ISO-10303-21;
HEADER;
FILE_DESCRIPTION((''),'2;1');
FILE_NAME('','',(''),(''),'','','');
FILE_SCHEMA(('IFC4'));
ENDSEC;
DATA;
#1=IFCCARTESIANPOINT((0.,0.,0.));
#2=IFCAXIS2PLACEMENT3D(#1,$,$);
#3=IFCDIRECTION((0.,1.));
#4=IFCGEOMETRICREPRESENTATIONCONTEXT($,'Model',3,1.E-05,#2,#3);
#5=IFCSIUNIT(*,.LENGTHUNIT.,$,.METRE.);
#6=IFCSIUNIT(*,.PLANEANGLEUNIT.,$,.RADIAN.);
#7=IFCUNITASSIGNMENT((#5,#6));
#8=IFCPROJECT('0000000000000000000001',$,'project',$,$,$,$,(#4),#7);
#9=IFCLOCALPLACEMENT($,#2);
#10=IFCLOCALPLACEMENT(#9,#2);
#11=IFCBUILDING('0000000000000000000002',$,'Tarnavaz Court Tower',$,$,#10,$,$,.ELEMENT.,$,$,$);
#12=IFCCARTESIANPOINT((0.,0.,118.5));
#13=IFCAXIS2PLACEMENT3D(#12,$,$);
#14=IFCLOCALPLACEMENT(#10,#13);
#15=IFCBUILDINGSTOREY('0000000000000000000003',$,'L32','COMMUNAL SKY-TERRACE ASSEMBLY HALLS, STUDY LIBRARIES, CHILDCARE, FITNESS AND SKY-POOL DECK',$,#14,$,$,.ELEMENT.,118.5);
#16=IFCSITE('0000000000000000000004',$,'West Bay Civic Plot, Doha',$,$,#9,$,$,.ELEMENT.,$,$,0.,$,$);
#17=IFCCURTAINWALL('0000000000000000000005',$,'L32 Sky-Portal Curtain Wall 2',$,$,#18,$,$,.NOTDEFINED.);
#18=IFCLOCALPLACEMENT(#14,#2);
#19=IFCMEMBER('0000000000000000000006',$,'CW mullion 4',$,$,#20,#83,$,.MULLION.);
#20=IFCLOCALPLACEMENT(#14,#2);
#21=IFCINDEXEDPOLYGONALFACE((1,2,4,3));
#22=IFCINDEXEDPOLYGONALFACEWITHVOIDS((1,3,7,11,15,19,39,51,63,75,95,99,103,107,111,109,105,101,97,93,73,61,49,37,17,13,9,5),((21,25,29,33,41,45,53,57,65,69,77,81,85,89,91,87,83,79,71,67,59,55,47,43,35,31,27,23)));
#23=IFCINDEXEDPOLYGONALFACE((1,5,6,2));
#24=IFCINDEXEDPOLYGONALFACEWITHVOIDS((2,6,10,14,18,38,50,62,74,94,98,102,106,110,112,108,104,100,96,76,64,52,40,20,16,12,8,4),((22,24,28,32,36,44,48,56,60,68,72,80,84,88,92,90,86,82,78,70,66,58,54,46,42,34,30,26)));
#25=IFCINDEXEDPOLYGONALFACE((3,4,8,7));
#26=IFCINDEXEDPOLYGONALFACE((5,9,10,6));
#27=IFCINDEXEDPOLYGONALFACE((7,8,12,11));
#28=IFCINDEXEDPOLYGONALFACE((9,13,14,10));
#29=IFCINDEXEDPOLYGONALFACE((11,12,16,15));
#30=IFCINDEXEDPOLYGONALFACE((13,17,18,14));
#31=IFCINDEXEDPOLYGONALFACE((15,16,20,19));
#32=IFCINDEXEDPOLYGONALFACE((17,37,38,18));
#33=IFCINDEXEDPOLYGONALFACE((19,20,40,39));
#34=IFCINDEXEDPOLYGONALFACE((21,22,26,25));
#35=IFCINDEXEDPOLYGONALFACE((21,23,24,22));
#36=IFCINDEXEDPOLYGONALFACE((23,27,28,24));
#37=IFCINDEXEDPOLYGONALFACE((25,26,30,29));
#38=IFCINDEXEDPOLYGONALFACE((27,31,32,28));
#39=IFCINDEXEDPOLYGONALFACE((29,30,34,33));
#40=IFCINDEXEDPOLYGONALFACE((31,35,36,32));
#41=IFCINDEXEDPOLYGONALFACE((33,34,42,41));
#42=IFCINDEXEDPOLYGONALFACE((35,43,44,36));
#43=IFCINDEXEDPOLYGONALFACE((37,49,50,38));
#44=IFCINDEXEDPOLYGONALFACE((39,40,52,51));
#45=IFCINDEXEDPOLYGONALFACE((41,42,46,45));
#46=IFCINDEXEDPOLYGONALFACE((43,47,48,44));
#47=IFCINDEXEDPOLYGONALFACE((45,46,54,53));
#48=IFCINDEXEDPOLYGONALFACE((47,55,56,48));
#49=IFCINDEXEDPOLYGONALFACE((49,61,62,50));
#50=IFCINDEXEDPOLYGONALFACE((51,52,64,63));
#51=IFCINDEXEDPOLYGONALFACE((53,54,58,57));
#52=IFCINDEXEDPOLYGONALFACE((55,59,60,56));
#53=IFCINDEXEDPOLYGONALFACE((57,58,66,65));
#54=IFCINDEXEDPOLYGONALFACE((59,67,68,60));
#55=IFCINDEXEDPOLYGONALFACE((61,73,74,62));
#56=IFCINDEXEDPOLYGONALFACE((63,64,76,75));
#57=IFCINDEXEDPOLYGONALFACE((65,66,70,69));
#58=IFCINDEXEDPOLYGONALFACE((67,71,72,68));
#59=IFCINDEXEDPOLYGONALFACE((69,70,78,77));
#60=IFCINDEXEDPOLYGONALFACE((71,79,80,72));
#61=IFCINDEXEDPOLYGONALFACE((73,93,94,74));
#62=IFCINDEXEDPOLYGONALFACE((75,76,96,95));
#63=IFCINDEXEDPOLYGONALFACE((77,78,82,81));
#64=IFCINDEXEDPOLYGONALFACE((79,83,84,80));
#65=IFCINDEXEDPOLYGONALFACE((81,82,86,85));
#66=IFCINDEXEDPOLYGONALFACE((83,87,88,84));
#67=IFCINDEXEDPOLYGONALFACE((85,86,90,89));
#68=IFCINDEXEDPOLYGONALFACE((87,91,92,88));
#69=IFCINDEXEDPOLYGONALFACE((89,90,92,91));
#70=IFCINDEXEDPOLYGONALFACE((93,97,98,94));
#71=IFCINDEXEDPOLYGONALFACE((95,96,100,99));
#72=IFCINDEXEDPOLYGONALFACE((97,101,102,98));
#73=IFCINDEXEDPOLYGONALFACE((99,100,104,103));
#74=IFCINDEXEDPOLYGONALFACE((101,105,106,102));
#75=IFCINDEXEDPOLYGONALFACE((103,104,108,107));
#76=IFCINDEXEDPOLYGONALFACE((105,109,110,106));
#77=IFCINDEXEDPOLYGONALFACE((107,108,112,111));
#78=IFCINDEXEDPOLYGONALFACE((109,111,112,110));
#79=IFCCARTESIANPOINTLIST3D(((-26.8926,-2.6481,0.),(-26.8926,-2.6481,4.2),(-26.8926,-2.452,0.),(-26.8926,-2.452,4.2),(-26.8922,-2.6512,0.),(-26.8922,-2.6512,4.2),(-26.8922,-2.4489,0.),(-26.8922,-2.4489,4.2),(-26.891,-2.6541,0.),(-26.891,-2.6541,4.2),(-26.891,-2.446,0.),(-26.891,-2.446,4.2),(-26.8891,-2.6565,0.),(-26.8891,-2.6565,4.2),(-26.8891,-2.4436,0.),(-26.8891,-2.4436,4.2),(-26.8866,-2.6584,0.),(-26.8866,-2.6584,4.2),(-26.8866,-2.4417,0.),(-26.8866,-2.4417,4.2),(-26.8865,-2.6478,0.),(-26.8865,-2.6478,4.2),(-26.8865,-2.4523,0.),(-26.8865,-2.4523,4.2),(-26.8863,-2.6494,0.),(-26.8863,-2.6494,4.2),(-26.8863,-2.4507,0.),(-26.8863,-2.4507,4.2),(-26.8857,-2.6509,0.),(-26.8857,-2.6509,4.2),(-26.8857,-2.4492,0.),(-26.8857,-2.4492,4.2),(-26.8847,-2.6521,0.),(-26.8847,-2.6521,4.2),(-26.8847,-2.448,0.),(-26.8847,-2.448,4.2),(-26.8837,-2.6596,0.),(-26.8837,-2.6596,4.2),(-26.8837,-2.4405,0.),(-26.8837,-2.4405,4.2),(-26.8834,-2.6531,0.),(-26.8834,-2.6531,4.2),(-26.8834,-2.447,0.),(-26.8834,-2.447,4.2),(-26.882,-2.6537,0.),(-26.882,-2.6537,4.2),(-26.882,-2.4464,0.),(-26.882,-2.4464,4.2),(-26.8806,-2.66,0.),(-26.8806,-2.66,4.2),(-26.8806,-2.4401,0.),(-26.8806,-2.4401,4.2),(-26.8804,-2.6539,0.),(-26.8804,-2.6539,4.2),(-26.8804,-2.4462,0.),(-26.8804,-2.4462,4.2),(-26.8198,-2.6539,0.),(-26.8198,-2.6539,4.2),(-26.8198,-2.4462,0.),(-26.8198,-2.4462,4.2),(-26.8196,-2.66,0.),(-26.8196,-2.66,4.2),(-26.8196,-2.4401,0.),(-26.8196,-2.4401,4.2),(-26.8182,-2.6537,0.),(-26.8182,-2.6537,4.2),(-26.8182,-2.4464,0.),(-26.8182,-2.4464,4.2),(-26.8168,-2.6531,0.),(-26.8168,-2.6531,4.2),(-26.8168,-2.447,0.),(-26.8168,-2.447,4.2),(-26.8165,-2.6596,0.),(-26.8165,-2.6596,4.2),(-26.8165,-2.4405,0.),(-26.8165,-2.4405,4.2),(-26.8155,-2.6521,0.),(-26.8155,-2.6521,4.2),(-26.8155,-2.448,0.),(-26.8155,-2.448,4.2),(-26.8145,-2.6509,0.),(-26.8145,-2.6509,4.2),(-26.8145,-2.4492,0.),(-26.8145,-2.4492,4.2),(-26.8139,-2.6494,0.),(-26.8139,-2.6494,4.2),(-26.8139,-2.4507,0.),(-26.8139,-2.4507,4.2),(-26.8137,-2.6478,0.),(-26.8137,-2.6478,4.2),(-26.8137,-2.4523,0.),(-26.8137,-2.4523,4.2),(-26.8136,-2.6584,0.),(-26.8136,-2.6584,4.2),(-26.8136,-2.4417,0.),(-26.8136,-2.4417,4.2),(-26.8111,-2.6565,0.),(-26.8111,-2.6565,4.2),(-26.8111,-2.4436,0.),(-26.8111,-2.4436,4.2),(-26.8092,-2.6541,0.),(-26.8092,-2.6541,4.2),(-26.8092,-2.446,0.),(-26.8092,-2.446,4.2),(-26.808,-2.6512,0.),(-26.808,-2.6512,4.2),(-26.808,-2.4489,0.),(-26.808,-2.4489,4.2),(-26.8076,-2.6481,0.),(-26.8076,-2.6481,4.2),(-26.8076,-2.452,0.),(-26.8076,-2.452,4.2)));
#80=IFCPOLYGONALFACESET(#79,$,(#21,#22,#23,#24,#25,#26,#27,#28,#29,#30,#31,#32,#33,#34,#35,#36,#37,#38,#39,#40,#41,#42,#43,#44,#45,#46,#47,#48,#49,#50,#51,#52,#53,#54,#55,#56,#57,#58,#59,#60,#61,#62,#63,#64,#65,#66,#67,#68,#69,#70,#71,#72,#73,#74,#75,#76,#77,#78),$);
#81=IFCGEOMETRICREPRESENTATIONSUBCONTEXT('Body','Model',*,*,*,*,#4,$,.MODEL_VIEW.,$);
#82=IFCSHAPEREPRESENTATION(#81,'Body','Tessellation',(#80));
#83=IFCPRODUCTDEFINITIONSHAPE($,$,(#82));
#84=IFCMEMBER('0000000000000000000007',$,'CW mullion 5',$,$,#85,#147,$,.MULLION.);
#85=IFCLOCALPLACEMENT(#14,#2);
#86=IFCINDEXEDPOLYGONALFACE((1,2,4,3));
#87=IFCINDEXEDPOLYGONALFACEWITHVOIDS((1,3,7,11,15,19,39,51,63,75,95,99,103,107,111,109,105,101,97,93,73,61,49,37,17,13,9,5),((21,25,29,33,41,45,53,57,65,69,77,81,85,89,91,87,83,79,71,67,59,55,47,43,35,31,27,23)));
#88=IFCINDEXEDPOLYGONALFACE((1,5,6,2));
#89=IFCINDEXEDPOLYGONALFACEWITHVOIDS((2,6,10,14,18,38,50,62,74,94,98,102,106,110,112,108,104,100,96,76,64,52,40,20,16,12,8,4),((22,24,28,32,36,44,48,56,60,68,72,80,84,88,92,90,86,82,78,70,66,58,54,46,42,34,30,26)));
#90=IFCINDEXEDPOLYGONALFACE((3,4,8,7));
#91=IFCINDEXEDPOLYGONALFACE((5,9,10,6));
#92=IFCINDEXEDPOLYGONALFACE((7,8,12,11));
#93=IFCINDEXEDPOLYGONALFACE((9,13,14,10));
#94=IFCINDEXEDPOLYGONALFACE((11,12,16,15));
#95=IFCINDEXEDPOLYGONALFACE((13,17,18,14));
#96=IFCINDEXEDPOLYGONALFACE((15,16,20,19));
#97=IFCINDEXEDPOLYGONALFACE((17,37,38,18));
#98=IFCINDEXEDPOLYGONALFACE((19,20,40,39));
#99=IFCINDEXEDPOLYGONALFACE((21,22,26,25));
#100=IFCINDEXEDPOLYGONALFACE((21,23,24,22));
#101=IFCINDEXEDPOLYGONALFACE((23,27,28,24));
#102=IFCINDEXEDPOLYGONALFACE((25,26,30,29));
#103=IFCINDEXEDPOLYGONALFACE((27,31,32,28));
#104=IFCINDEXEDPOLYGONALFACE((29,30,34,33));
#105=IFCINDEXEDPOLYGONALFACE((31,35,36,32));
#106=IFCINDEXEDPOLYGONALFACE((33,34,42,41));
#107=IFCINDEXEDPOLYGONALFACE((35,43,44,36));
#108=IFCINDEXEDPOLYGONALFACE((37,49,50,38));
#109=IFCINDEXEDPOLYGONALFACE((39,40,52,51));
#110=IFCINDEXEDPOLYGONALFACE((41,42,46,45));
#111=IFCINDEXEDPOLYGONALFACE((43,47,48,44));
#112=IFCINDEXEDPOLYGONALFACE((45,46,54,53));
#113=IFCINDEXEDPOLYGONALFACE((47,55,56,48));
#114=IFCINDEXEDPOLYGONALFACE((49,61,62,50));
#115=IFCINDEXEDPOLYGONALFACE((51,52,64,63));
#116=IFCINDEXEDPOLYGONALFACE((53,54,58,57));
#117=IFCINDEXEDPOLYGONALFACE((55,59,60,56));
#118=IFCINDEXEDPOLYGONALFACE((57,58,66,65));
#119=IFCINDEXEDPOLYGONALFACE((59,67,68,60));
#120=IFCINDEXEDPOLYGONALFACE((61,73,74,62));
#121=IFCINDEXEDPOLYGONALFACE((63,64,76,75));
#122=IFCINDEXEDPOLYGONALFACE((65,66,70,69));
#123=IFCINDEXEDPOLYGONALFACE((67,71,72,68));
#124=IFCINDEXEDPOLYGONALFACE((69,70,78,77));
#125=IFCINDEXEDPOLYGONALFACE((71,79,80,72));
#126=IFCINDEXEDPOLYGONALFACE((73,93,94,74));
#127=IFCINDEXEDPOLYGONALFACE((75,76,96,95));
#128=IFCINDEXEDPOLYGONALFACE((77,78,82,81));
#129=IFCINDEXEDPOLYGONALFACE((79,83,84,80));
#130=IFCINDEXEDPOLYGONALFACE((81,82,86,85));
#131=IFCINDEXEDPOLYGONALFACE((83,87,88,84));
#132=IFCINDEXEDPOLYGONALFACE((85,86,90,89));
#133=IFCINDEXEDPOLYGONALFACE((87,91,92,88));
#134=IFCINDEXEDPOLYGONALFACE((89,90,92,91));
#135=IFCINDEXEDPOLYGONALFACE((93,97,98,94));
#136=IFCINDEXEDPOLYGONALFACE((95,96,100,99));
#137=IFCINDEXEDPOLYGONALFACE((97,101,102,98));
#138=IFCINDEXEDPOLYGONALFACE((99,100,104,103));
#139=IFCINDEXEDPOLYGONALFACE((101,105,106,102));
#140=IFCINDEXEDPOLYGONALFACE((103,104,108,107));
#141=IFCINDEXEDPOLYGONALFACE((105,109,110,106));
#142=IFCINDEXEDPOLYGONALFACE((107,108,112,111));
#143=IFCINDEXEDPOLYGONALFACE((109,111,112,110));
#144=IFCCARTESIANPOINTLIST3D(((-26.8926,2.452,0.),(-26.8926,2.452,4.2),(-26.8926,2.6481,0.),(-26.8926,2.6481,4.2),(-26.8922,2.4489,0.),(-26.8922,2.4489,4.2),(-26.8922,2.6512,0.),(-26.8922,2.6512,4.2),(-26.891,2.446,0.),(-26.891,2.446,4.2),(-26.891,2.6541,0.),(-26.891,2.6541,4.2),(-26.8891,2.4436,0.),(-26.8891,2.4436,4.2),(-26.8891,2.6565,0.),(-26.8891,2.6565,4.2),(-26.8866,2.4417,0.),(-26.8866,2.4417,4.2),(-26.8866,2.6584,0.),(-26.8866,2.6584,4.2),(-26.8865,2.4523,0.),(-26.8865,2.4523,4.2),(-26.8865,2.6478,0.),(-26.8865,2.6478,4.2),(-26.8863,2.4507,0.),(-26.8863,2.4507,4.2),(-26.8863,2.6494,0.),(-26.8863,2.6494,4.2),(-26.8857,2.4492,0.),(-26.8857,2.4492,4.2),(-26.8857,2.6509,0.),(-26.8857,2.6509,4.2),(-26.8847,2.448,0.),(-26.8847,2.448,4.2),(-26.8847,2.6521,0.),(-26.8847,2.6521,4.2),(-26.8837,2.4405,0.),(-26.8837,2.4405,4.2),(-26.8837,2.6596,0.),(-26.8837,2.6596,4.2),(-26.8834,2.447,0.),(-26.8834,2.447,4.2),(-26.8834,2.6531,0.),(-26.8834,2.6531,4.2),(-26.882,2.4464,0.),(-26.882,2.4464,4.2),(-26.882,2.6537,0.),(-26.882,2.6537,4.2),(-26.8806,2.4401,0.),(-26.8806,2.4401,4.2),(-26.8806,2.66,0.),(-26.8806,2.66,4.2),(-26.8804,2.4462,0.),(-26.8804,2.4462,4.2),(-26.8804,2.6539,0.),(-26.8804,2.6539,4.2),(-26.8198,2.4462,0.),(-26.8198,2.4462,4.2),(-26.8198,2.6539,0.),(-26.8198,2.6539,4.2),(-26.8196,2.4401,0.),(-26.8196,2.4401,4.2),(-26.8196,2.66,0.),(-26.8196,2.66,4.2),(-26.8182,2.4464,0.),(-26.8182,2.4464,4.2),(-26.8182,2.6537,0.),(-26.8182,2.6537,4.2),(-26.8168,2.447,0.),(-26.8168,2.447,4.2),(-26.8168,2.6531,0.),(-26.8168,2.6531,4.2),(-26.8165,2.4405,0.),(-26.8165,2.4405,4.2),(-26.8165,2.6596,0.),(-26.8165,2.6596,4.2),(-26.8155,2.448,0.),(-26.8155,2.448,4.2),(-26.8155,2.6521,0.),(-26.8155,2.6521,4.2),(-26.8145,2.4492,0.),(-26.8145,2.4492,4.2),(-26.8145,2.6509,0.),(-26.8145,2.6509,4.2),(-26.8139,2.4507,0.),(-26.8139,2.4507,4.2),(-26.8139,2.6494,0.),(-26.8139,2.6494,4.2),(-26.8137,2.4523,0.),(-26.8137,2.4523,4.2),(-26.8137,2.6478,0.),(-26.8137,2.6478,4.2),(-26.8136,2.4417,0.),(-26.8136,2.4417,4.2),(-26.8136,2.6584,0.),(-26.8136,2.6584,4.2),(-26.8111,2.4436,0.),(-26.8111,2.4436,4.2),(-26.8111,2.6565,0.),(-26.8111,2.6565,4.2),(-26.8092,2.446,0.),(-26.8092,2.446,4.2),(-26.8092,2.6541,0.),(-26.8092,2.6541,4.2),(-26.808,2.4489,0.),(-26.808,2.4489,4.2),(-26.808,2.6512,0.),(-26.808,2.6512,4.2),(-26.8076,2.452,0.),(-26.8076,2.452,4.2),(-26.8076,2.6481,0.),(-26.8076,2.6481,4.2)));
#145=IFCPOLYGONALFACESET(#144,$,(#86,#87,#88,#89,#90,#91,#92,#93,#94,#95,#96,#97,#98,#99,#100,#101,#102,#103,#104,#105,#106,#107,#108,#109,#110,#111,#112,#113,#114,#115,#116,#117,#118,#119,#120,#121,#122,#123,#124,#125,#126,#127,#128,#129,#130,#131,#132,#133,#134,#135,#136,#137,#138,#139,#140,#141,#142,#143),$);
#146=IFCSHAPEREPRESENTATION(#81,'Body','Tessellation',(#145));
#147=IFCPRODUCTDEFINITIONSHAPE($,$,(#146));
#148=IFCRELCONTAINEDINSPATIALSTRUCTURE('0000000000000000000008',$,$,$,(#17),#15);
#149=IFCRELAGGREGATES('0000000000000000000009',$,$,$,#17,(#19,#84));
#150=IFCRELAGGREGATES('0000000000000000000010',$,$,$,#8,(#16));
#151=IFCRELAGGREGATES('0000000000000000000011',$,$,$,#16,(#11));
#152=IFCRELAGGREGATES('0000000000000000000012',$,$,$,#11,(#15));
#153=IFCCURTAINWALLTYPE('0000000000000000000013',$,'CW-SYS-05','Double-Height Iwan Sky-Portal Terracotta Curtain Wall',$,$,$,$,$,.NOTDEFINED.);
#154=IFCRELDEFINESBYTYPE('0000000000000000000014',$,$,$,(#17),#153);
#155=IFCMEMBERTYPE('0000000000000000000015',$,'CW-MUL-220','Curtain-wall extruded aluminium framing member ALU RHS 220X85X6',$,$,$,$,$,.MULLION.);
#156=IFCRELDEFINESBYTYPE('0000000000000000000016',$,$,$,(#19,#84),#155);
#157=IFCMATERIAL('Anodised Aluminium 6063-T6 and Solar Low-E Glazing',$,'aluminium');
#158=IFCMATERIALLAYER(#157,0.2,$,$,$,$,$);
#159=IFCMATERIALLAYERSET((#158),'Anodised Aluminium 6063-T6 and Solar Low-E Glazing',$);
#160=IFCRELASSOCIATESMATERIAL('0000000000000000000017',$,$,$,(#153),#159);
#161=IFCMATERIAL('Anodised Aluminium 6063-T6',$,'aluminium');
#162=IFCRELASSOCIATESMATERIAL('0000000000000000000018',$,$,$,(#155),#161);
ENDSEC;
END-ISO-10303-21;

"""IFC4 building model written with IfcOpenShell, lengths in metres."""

from ifc_helpers import new_model, si_unit, direction, frame, origin, origin_2d, place, context, subcontext, project, spatial, hollow_rectangle, extrude, material, layer, layer_set, material_profile, profile_set, type_object, element, aggregate, save


model = new_model("IFC4")

# Units and contexts
model_context = context("Model", 3, precision=1e-05, world=origin(), true_north=direction((0.0, 1.0)))
body_context = subcontext(model_context, "Body", "Model", "MODEL_VIEW")
ifc_project = project(units=[si_unit("LENGTHUNIT", "METRE"), si_unit("PLANEANGLEUNIT", "RADIAN")], contexts=[model_context])

# Site, building, storey
site_placement = place(None, origin())
site = spatial("IfcSite", under=ifc_project, at=site_placement, Name="West Bay Civic Plot, Doha", CompositionType="ELEMENT", RefElevation=0.0)
building_placement = place(site_placement, origin())
building = spatial("IfcBuilding", under=site, at=building_placement, Name="Tarnavaz Court Tower", CompositionType="ELEMENT")
storey_placement = place(building_placement, frame((0.0, 0.0, 118.5)))
storey = spatial("IfcBuildingStorey", under=building, at=storey_placement, Name="L32", Description="COMMUNAL SKY-TERRACE ASSEMBLY HALLS, STUDY LIBRARIES, CHILDCARE, FITNESS AND SKY-POOL DECK", CompositionType="ELEMENT", Elevation=118.5)

# Curtain wall, members
ifc_material_1 = material(Name="Anodised Aluminium 6063-T6 and Solar Low-E Glazing", Category="aluminium")
ifc_layer_1 = layer(ifc_material_1, 0.2)
ifc_layer_set_1 = layer_set([ifc_layer_1], Name="Anodised Aluminium 6063-T6 and Solar Low-E Glazing")
curtain_wall_type = type_object("IfcCurtainWallType", Name="CW-SYS-05", Description="Double-Height Iwan Sky-Portal Terracotta Curtain Wall", PredefinedType="NOTDEFINED", material=ifc_layer_set_1)
curtain_wall_placement = place(storey_placement, origin())
curtain_wall = element("IfcCurtainWall", 1, at=curtain_wall_placement, inside=storey, type_object=curtain_wall_type, Name="L32 Sky-Portal Curtain Wall 2", PredefinedType="NOTDEFINED")
ifc_material_2 = material(Name="Anodised Aluminium 6063-T6", Category="aluminium")
ifc_material_profile_1 = material_profile(ifc_material_2, hollow_rectangle(XDim=0.085, YDim=0.22, WallThickness=0.0061, InnerFilletRadius=0.0061, OuterFilletRadius=0.012, at=origin_2d()), Name="ALU RHS 220X85X6")
ifc_profile_set_1 = profile_set([ifc_material_profile_1], Name="Anodised Aluminium 6063-T6")
member_type_1 = type_object("IfcMemberType", Name="CW-MUL-220", Description="Curtain-wall extruded aluminium framing member ALU RHS 220X85X6", PredefinedType="MULLION", material=ifc_profile_set_1)
member_1_placement = place(storey_placement, frame((-26.8501, -2.55, 0.0), z_axis=(0.0, 0.0, 1.0), x_axis=(-1.0, 0.0, 0.0)))
member_1 = element("IfcMember", 2, at=member_1_placement, type_object=member_type_1, Name="CW mullion 4", PredefinedType="MULLION", context=body_context, shape_type="SweptSolid", body=[
    extrude(hollow_rectangle(XDim=0.085, YDim=0.22, WallThickness=0.0061, InnerFilletRadius=0.0061, OuterFilletRadius=0.012, at=origin_2d()), origin(), (0.0, 0.0, 1.0), 4.2),
])
member_2_placement = place(storey_placement, frame((-26.8501, 2.55, 0.0), z_axis=(0.0, 0.0, 1.0), x_axis=(-1.0, 0.0, 0.0)))
member_2 = element("IfcMember", 3, at=member_2_placement, type_object=member_type_1, Name="CW mullion 5", PredefinedType="MULLION", context=body_context, shape_type="SweptSolid", body=[
    extrude(hollow_rectangle(XDim=0.085, YDim=0.22, WallThickness=0.0061, InnerFilletRadius=0.0061, OuterFilletRadius=0.012, at=origin_2d()), origin(), (0.0, 0.0, 1.0), 4.2),
])
aggregate(curtain_wall, [member_1, member_2])

save(model, "model.ifc")
